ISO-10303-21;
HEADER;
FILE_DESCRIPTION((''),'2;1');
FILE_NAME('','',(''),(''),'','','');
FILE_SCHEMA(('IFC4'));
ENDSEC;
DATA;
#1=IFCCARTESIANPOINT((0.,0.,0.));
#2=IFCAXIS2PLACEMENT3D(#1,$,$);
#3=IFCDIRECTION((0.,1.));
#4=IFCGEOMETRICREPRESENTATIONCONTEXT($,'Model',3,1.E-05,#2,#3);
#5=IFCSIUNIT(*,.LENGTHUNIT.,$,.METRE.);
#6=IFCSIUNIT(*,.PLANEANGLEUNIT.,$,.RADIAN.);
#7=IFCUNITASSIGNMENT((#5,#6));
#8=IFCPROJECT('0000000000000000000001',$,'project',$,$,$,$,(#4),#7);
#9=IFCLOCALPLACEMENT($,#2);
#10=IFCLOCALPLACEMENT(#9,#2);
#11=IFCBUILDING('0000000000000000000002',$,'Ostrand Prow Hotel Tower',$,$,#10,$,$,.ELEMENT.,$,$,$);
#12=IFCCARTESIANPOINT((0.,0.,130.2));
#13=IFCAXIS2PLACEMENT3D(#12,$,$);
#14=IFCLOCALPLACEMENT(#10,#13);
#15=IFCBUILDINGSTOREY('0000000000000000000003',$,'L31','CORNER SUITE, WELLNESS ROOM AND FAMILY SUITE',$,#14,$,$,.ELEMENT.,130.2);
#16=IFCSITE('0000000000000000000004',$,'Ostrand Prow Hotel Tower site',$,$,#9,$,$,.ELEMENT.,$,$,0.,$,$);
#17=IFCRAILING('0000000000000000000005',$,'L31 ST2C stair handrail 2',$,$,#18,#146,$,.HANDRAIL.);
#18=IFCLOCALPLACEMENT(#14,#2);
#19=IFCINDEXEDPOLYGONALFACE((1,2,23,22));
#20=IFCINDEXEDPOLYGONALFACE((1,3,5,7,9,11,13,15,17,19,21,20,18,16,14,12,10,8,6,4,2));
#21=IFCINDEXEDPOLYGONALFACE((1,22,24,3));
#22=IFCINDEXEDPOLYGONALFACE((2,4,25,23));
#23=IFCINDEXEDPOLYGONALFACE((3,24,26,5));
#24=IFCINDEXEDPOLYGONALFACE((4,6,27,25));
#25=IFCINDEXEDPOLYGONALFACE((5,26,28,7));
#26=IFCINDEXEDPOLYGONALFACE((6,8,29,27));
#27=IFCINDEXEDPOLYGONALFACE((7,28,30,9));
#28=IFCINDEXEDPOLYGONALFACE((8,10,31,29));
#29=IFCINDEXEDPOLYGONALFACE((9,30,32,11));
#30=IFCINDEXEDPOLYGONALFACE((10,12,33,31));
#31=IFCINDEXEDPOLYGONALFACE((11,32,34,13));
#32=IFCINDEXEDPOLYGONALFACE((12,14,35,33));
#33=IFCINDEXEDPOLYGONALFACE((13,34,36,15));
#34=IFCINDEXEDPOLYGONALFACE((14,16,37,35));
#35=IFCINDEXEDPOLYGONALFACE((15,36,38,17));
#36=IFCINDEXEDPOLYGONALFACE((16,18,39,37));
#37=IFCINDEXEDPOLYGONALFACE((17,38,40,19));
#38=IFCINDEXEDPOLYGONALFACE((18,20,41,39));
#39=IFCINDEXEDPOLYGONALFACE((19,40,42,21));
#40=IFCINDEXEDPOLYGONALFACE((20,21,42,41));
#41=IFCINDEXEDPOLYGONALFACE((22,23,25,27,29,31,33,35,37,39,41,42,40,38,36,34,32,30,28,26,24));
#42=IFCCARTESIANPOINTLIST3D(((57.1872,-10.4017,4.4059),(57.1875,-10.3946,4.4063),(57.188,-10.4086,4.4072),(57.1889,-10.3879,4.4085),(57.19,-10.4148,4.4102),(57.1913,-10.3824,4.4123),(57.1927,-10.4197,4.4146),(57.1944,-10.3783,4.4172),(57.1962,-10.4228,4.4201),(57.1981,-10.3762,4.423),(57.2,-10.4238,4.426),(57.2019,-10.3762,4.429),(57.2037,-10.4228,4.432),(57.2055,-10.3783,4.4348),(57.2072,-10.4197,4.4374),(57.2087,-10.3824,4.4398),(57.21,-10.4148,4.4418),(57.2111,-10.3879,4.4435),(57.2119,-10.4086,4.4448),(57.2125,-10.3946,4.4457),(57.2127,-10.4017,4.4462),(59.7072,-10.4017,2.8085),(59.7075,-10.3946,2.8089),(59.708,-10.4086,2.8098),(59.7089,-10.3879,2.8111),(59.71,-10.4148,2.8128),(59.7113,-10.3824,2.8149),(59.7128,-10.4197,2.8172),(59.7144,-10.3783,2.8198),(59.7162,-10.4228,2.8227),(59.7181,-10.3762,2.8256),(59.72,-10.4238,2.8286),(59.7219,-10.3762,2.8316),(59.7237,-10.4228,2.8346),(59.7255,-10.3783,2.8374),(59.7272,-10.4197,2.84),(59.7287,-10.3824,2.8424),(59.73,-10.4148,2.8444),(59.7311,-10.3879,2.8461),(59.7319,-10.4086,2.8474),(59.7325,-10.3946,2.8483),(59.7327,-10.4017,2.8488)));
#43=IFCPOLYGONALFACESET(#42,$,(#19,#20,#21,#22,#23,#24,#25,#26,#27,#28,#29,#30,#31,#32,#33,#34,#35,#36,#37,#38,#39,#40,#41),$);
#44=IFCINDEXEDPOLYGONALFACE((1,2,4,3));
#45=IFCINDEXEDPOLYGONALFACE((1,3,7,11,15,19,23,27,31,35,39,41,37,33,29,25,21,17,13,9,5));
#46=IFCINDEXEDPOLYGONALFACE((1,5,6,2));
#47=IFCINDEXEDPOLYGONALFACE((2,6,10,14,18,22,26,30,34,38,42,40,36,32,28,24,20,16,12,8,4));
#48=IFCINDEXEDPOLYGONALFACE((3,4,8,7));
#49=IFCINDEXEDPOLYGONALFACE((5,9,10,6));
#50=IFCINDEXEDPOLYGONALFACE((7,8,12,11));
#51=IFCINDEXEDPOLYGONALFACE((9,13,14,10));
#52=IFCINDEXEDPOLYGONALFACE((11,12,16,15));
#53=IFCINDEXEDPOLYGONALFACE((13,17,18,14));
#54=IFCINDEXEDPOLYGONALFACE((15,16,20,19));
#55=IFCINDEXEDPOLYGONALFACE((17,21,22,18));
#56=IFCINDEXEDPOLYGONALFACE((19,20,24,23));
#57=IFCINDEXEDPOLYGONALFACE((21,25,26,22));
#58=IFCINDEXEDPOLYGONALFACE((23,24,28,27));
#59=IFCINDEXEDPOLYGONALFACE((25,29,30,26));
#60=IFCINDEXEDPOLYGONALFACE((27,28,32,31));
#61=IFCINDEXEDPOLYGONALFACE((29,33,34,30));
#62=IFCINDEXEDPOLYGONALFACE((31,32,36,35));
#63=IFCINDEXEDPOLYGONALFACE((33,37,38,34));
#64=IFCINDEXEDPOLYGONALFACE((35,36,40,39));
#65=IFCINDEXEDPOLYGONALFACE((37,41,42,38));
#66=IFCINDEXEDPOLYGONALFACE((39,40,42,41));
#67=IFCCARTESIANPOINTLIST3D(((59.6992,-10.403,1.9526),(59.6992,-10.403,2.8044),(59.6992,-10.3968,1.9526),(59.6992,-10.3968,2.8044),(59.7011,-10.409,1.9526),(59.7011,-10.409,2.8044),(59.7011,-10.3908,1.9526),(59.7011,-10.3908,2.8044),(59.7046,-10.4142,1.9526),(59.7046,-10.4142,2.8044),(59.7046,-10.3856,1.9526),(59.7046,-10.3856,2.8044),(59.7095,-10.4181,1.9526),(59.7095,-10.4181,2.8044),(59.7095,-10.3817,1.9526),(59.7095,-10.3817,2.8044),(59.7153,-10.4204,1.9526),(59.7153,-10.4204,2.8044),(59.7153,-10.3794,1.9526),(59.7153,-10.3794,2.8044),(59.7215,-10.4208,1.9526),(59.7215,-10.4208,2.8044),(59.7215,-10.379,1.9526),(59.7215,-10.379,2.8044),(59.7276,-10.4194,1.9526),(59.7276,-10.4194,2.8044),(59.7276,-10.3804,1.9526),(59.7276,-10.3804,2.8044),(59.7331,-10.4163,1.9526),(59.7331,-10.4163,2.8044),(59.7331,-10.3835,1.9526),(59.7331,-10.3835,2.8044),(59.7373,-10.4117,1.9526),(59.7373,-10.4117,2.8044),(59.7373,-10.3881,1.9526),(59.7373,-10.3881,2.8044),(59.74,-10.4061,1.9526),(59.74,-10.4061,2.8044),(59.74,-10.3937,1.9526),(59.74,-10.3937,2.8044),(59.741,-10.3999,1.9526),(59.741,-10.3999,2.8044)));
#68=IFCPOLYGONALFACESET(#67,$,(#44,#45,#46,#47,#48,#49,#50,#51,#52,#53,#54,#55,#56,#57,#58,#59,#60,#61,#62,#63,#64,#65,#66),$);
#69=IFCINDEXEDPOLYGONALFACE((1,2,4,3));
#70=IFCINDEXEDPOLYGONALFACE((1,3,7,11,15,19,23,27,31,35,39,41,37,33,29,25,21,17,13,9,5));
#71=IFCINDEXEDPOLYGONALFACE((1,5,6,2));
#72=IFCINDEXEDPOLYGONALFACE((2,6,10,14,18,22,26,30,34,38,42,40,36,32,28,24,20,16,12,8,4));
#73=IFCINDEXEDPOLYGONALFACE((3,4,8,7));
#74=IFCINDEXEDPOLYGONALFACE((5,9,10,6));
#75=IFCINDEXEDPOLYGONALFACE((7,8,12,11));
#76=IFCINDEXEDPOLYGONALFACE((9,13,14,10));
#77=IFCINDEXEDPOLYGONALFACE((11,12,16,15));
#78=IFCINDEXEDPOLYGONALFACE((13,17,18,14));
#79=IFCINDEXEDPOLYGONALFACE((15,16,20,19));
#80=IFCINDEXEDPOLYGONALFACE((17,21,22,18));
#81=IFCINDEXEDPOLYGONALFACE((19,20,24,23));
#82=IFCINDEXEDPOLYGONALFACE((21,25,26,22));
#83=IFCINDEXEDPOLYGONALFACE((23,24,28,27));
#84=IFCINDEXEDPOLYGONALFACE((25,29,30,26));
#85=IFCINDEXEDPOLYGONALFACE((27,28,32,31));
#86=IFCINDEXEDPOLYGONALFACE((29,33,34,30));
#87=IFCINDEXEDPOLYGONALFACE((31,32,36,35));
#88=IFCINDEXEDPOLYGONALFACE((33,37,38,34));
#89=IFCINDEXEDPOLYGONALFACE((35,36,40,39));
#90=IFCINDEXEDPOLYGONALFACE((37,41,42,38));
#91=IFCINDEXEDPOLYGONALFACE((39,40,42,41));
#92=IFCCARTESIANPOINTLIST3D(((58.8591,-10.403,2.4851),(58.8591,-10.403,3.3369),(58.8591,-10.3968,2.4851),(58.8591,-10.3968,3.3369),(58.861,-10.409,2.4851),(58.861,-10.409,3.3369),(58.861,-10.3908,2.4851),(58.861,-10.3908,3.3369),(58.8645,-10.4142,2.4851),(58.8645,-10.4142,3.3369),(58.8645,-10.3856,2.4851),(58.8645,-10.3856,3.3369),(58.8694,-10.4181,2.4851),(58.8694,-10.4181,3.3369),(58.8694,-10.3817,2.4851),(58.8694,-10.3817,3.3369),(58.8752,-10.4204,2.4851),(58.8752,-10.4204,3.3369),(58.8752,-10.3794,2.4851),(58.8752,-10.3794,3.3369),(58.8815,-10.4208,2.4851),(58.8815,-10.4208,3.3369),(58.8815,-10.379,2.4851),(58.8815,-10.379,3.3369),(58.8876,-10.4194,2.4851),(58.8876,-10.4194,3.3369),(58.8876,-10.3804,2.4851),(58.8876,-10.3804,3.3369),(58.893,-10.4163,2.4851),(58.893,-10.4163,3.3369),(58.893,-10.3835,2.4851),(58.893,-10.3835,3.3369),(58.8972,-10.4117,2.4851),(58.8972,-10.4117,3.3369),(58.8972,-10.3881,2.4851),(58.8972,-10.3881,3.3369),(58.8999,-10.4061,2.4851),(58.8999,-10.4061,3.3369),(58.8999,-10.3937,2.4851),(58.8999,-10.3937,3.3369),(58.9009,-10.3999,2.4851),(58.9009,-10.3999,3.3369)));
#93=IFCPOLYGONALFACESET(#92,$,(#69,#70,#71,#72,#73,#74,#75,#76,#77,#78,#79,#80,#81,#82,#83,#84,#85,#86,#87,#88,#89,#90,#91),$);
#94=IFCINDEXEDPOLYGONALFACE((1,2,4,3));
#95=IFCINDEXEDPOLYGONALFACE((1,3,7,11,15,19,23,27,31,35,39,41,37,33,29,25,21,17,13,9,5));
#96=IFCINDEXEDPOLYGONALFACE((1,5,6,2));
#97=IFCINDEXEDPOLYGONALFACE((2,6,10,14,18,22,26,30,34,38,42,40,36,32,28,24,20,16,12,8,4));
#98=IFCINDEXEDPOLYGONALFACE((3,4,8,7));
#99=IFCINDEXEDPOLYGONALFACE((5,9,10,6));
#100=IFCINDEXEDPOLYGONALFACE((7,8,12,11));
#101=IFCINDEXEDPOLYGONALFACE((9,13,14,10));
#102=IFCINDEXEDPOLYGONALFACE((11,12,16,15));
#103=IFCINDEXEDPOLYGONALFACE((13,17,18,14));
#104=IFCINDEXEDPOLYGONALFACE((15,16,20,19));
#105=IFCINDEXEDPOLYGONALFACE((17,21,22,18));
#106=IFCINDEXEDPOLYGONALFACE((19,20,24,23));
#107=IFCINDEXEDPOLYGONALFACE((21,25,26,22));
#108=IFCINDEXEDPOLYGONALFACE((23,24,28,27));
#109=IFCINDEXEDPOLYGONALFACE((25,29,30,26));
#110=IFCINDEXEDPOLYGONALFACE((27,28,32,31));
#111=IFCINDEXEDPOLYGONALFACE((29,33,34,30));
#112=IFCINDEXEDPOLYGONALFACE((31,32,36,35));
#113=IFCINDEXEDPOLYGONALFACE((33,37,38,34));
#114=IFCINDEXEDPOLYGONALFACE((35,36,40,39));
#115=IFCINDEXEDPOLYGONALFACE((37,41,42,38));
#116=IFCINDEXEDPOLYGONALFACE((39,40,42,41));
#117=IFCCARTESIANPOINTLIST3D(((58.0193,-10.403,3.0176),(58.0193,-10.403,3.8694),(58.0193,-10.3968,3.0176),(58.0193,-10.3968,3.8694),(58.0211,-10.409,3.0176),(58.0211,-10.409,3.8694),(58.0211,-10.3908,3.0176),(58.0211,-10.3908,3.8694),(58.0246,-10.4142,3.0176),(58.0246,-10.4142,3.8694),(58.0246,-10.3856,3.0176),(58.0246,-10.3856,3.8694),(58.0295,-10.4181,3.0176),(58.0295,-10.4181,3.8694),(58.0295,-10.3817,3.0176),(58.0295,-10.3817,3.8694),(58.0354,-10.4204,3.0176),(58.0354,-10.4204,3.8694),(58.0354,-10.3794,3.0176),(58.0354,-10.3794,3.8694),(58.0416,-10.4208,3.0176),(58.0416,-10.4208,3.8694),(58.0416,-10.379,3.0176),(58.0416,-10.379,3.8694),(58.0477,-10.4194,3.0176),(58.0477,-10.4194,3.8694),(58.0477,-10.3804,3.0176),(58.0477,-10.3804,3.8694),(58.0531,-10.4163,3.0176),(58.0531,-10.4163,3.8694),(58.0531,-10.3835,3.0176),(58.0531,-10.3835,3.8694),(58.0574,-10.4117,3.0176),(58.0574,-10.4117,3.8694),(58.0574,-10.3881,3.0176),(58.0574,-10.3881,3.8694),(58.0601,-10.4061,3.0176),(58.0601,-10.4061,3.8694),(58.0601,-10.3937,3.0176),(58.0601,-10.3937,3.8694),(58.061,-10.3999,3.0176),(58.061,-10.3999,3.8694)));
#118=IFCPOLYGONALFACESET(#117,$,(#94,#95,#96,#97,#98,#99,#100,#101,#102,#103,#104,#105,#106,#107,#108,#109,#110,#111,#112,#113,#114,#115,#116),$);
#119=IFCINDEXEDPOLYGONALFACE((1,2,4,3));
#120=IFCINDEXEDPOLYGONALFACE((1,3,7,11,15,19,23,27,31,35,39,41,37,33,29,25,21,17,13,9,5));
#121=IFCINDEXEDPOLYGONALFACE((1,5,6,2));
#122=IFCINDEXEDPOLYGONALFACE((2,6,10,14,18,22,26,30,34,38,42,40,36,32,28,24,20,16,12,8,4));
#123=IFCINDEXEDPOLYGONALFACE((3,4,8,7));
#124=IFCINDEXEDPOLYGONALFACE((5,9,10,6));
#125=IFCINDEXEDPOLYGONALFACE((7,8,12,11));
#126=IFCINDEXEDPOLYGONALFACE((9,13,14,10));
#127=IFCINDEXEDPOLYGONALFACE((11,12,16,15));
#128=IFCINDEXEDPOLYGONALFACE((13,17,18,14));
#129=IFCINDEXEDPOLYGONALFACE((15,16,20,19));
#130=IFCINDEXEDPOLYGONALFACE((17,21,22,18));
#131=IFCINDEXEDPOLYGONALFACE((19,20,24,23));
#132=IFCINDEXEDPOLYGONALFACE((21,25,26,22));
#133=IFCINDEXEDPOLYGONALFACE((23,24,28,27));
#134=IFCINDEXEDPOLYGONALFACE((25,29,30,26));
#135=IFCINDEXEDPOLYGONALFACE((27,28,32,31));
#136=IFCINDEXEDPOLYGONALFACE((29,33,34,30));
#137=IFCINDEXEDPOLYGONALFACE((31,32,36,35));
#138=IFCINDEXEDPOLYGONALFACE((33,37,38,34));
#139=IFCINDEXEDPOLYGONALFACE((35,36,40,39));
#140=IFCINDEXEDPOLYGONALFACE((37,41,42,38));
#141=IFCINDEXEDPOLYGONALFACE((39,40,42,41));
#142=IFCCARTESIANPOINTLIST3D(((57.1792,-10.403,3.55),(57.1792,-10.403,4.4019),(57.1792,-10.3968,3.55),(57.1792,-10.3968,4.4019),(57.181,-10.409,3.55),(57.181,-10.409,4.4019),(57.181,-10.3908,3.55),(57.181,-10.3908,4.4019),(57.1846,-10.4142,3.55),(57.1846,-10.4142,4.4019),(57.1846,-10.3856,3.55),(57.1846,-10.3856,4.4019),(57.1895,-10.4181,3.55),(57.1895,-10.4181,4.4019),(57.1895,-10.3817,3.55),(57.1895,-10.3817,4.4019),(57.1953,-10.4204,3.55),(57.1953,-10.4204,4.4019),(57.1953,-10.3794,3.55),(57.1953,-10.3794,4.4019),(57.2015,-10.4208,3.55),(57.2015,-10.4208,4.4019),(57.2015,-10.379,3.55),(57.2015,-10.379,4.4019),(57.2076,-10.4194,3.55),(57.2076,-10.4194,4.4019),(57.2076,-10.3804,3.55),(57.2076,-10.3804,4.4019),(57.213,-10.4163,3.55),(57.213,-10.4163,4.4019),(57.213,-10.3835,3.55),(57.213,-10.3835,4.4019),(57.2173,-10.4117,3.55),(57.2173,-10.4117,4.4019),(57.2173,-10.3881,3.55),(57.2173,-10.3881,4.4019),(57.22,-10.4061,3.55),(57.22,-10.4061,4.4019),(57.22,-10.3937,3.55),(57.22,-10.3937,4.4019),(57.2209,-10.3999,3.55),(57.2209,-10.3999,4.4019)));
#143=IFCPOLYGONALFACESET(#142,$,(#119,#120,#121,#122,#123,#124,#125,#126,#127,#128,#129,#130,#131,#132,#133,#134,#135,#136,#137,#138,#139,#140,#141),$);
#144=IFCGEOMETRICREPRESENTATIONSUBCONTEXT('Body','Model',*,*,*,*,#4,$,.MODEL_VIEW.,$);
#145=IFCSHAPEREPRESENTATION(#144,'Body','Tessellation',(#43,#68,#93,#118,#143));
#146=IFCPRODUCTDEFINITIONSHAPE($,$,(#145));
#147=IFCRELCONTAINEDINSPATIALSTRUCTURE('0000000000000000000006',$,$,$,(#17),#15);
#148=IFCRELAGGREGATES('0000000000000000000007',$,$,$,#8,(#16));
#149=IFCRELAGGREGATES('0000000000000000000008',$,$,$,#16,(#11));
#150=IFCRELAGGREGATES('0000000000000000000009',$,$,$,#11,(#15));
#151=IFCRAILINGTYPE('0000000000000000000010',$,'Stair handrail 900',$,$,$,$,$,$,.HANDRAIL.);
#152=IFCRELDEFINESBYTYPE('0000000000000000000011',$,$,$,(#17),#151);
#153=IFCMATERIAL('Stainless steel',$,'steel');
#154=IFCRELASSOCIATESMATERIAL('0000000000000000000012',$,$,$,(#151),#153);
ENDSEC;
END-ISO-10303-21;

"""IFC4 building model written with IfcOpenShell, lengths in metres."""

from ifc_helpers import new_model, si_unit, direction, frame, origin, origin_2d, place, context, subcontext, project, spatial, circle, extrude, material, type_object, element, save


model = new_model("IFC4")

# Units and contexts
model_context = context("Model", 3, precision=1e-05, world=origin(), true_north=direction((0.0, 1.0)))
body_context = subcontext(model_context, "Body", "Model", "MODEL_VIEW")
ifc_project = project(units=[si_unit("LENGTHUNIT", "METRE"), si_unit("PLANEANGLEUNIT", "RADIAN")], contexts=[model_context])

# Site, building, storey
site_placement = place(None, origin())
site = spatial("IfcSite", under=ifc_project, at=site_placement, Name="Ostrand Prow Hotel Tower site", CompositionType="ELEMENT", RefElevation=0.0)
building_placement = place(site_placement, origin())
building = spatial("IfcBuilding", under=site, at=building_placement, Name="Ostrand Prow Hotel Tower", CompositionType="ELEMENT")
storey_placement = place(building_placement, frame((0.0, 0.0, 130.2)))
storey = spatial("IfcBuildingStorey", under=building, at=storey_placement, Name="L31", Description="CORNER SUITE, WELLNESS ROOM AND FAMILY SUITE", CompositionType="ELEMENT", Elevation=130.2)

# Railing
ifc_material_1 = material(Name="Stainless steel", Category="steel")
railing_type_1 = type_object("IfcRailingType", Name="Stair handrail 900", PredefinedType="HANDRAIL", material=ifc_material_1)
railing_1_placement = place(storey_placement, frame((59.72, -10.3999, 1.9526)))
element("IfcRailing", 1, at=railing_1_placement, inside=storey, type_object=railing_type_1, Name="L31 ST2C stair handrail 2", PredefinedType="HANDRAIL", context=body_context, shape_type="SweptSolid", body=[
    extrude(circle(Radius=0.0239, at=origin_2d()), frame((0.0, 0.0, 0.876), z_axis=(-0.844607, 0.0, 0.535387), x_axis=(0.0, -1.0, 0.0)), (0.0, 0.0, 1.0), 2.9836),
    extrude(circle(Radius=0.021, at=origin_2d()), origin(), (0.0, 0.0, 1.0), 0.8518),
    extrude(circle(Radius=0.021, at=origin_2d()), frame((-0.8401, 0.0, 0.5325)), (0.0, 0.0, 1.0), 0.8518),
    extrude(circle(Radius=0.021, at=origin_2d()), frame((-1.6799, 0.0, 1.0649)), (0.0, 0.0, 1.0), 0.8518),
    extrude(circle(Radius=0.021, at=origin_2d()), frame((-2.52, 0.0, 1.5974)), (0.0, 0.0, 1.0), 0.8518),
])

save(model, "model.ifc")
